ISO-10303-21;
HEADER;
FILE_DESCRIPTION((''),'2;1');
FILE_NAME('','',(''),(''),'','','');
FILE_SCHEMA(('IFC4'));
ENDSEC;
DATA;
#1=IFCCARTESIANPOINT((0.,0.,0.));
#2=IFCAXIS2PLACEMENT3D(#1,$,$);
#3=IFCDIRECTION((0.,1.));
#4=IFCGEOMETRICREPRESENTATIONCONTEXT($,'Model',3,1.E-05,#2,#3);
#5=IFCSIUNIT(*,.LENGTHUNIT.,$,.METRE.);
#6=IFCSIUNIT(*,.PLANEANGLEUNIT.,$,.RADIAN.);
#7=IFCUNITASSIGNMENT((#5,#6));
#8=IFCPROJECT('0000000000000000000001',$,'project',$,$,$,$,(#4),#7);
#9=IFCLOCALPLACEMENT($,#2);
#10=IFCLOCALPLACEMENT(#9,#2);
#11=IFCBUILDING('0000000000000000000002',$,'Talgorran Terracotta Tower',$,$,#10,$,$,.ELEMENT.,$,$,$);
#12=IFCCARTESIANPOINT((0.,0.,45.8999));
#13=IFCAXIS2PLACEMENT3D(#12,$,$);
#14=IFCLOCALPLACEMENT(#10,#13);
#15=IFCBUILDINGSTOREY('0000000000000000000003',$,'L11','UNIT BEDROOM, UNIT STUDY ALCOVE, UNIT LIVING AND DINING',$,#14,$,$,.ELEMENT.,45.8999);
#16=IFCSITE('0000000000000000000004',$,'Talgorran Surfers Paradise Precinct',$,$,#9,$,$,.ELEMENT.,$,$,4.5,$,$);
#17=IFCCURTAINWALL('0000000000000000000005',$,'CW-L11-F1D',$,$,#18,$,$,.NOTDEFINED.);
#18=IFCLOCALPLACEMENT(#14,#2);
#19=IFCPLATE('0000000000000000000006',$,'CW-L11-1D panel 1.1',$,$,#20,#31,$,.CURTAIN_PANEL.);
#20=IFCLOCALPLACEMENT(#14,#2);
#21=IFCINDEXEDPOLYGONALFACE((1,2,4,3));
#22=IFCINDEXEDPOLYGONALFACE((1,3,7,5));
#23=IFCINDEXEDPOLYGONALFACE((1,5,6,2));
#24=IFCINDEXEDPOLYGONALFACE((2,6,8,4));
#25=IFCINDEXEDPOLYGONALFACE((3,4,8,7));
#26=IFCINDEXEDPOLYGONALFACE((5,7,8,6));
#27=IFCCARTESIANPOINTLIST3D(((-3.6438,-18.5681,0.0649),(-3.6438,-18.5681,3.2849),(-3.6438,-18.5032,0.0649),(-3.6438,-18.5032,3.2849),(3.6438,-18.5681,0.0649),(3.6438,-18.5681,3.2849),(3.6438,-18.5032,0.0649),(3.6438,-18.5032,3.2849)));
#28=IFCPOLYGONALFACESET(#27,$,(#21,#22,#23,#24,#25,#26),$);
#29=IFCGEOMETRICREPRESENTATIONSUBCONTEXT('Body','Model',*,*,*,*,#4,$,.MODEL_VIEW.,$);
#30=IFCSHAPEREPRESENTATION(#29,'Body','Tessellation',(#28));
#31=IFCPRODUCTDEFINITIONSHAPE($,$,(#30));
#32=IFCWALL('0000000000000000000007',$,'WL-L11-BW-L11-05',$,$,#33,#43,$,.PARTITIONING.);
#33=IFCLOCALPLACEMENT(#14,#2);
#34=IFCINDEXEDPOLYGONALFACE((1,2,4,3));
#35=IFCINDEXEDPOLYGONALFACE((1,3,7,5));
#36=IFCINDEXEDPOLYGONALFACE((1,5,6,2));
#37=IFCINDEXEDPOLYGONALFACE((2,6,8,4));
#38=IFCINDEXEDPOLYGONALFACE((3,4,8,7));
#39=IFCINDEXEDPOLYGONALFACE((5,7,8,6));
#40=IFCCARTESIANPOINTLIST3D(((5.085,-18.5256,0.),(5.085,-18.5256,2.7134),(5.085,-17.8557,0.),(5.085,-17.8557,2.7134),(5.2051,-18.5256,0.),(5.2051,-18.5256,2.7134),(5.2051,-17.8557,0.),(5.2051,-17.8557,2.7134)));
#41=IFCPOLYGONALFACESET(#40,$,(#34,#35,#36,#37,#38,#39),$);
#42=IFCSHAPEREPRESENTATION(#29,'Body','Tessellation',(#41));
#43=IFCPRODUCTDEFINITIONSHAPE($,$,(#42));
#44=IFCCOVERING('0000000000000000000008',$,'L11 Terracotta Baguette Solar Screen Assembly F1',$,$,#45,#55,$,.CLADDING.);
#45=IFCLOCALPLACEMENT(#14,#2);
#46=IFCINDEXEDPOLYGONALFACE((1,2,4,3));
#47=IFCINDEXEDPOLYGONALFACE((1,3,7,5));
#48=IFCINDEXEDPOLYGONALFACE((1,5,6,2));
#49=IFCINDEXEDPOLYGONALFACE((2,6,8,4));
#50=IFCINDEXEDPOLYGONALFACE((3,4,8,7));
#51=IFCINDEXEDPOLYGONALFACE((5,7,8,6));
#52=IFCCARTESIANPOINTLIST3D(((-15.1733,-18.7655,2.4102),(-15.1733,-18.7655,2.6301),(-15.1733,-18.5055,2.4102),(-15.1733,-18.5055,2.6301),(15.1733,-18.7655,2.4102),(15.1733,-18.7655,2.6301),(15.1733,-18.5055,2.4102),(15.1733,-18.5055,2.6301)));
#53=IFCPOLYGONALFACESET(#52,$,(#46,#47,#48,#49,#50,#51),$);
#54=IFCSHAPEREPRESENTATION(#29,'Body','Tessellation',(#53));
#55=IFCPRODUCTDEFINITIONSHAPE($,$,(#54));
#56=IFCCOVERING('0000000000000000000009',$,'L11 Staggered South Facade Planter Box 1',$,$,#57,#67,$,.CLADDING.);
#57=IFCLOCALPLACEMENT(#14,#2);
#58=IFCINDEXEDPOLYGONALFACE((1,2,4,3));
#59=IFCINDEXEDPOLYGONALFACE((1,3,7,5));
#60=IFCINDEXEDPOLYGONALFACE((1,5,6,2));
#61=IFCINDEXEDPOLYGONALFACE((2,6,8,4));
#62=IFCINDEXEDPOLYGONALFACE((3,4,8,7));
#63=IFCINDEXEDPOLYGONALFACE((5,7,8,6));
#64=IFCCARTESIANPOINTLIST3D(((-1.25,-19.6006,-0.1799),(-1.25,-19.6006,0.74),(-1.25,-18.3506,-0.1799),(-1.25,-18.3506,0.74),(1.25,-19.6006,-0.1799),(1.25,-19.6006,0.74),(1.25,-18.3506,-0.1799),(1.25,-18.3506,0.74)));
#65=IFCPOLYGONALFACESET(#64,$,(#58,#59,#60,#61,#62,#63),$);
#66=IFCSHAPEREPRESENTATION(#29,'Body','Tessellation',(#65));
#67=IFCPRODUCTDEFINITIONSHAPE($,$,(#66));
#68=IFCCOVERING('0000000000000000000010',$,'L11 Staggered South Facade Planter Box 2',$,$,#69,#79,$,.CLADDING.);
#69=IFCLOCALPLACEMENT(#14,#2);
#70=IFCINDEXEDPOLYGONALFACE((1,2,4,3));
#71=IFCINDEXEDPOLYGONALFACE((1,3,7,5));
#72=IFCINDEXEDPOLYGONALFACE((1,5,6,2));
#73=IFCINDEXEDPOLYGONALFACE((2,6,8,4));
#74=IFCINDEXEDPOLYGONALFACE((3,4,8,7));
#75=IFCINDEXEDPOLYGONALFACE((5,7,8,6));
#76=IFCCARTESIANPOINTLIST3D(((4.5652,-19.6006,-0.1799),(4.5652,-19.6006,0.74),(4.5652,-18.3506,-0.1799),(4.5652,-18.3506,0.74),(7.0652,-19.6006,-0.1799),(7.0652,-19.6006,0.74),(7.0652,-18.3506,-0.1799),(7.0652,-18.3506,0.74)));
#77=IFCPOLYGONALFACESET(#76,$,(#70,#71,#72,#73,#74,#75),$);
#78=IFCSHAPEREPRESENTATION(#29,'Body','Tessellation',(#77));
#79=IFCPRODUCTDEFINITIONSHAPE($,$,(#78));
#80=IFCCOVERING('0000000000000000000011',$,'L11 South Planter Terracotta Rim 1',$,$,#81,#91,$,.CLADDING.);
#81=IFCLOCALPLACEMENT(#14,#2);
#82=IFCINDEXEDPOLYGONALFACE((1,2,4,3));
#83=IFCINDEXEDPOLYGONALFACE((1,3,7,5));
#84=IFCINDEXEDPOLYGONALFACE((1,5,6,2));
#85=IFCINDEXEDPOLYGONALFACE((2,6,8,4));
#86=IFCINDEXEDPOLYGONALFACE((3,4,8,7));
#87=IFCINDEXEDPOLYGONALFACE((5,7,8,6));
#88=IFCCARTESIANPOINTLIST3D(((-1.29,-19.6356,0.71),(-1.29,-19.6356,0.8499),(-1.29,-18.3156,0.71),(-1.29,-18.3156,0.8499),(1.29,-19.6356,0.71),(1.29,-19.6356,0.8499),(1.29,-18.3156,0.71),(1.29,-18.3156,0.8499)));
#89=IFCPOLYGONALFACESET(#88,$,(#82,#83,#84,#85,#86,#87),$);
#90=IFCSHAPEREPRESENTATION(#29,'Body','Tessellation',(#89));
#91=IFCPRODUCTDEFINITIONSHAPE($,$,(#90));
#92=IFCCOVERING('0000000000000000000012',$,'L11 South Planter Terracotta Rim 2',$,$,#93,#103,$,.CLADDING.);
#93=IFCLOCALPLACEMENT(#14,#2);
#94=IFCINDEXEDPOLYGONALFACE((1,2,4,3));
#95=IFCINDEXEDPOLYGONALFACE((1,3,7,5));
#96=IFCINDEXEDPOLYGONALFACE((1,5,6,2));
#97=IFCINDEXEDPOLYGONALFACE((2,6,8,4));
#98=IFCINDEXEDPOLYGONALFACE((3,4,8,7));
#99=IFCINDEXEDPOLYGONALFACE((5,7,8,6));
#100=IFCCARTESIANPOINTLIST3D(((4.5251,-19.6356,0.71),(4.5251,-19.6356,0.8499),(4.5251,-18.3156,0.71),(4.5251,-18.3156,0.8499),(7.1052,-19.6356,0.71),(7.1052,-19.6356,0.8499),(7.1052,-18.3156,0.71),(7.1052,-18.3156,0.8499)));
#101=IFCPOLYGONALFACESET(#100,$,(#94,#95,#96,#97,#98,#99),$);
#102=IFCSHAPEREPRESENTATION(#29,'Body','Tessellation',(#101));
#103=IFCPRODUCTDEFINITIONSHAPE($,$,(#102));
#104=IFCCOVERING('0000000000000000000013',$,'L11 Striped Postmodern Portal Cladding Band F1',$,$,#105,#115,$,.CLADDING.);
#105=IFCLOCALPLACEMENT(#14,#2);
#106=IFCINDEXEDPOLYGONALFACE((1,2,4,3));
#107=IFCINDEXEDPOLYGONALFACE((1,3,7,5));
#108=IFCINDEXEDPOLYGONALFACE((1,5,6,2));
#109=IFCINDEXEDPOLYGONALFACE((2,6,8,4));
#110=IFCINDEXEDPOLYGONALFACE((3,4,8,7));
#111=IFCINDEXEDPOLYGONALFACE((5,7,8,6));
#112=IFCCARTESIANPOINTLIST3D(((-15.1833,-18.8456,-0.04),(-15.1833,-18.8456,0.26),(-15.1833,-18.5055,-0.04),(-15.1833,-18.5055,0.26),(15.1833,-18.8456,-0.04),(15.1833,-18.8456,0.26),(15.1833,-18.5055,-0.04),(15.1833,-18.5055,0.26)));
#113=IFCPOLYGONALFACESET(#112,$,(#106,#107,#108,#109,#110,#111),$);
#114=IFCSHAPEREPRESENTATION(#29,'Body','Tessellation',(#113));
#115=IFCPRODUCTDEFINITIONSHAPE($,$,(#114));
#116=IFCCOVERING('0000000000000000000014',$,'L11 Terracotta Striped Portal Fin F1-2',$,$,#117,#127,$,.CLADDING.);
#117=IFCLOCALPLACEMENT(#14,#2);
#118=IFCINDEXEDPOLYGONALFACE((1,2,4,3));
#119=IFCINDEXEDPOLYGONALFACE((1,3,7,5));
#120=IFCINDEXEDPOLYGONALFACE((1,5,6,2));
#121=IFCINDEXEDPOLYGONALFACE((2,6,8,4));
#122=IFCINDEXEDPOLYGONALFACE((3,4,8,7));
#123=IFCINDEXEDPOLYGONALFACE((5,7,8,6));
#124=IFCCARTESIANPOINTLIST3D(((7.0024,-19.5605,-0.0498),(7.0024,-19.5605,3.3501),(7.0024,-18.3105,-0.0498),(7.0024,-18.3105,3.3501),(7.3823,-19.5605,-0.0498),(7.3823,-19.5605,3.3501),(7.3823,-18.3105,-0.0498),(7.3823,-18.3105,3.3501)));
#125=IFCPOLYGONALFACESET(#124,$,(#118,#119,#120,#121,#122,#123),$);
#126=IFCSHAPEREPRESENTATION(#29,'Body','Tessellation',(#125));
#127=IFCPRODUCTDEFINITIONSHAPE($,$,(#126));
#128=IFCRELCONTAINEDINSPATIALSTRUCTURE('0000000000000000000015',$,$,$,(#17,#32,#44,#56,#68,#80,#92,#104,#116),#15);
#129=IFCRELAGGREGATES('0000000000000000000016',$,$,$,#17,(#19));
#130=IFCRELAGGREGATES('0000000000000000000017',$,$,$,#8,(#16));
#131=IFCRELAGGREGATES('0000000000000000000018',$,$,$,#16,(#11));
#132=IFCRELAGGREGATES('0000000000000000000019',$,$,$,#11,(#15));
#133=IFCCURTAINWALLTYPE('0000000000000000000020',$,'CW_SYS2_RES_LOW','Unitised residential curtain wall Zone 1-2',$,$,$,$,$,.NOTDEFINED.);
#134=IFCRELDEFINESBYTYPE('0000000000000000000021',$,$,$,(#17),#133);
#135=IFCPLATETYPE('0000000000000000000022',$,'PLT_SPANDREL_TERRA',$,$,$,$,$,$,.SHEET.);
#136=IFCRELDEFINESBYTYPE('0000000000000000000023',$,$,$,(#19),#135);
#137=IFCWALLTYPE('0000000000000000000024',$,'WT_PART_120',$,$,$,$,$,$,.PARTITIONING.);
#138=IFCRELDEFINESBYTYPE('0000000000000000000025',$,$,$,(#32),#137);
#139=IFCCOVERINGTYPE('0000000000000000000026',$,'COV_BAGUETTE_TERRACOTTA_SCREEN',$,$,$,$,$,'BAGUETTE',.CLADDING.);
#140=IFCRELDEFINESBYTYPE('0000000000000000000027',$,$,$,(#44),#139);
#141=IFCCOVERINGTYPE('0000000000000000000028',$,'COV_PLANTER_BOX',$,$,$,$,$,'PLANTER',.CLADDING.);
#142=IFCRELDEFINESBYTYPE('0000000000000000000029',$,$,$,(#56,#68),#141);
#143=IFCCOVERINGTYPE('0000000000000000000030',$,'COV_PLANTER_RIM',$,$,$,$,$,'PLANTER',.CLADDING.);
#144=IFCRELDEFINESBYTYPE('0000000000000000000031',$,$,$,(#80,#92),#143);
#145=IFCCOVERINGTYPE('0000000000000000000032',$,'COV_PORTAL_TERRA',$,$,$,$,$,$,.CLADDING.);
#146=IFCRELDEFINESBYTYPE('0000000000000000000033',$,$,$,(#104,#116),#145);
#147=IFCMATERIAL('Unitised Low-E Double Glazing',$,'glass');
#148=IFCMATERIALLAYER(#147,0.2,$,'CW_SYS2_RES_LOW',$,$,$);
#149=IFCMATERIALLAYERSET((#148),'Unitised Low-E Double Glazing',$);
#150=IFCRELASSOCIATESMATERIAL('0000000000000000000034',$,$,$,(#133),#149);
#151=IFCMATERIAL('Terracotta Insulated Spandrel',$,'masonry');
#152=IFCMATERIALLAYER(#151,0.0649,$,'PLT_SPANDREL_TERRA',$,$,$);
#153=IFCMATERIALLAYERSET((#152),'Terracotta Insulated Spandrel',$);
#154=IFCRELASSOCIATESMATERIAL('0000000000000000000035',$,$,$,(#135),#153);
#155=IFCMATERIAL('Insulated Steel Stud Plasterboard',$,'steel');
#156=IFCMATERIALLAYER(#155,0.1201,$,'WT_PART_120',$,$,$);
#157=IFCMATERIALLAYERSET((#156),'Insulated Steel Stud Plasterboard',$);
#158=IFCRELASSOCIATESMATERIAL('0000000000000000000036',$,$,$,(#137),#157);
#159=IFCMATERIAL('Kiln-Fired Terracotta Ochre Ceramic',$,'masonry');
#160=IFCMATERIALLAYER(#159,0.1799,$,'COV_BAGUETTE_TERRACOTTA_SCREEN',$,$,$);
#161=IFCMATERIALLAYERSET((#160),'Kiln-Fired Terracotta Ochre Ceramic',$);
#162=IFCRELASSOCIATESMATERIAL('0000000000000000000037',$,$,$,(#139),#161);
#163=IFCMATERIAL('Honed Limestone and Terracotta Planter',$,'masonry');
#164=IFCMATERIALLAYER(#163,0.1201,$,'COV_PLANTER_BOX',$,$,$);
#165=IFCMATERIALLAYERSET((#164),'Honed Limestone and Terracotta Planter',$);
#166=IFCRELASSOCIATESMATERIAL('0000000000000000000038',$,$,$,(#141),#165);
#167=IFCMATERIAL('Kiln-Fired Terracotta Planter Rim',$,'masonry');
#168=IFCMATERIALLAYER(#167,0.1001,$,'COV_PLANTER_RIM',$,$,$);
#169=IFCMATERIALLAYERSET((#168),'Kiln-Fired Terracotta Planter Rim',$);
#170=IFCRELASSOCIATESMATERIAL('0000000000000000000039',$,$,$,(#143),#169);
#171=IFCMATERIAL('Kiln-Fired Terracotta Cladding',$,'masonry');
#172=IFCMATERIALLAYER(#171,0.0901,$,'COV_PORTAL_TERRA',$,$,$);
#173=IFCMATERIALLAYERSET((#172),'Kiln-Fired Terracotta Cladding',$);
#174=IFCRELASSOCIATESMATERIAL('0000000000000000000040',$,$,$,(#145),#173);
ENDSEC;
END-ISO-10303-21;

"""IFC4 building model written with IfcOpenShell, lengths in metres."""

from ifc_helpers import new_model, si_unit, direction, frame, frame_2d, origin, origin_2d, place, context, subcontext, project, spatial, rectangle, extrude, source, transform, mapped, material, layer, layer_set, type_object, element, aggregate, save


model = new_model("IFC4")

# Units and contexts
model_context = context("Model", 3, precision=1e-05, world=origin(), true_north=direction((0.0, 1.0)))
body_context = subcontext(model_context, "Body", "Model", "MODEL_VIEW")
ifc_project = project(units=[si_unit("LENGTHUNIT", "METRE"), si_unit("PLANEANGLEUNIT", "RADIAN")], contexts=[model_context])

# Site, building, storey
site_placement = place(None, origin())
site = spatial("IfcSite", under=ifc_project, at=site_placement, Name="Talgorran Surfers Paradise Precinct", CompositionType="ELEMENT", RefElevation=4.5)
building_placement = place(site_placement, origin())
building = spatial("IfcBuilding", under=site, at=building_placement, Name="Talgorran Terracotta Tower", CompositionType="ELEMENT")
storey_placement = place(building_placement, frame((0.0, 0.0, 45.8999)))
storey = spatial("IfcBuildingStorey", under=building, at=storey_placement, Name="L11", Description="UNIT BEDROOM, UNIT STUDY ALCOVE, UNIT LIVING AND DINING", CompositionType="ELEMENT", Elevation=45.8999)

# Curtain wall
ifc_material_1 = material(Name="Unitised Low-E Double Glazing", Category="glass")
ifc_layer_1 = layer(ifc_material_1, 0.2, Name="CW_SYS2_RES_LOW")
ifc_layer_set_1 = layer_set([ifc_layer_1], Name="Unitised Low-E Double Glazing")
curtain_wall_type = type_object("IfcCurtainWallType", Name="CW_SYS2_RES_LOW", Description="Unitised residential curtain wall Zone 1-2", PredefinedType="NOTDEFINED", material=ifc_layer_set_1)
curtain_wall_1_placement = place(storey_placement, origin())
curtain_wall_1 = element("IfcCurtainWall", 1, at=curtain_wall_1_placement, inside=storey, type_object=curtain_wall_type, Name="CW-L11-F1D", PredefinedType="NOTDEFINED")

# Plate
ifc_material_2 = material(Name="Terracotta Insulated Spandrel", Category="masonry")
ifc_layer_2 = layer(ifc_material_2, 0.0649, Name="PLT_SPANDREL_TERRA")
ifc_layer_set_2 = layer_set([ifc_layer_2], Name="Terracotta Insulated Spandrel")
plate_type_1 = type_object("IfcPlateType", Name="PLT_SPANDREL_TERRA", PredefinedType="SHEET", material=ifc_layer_set_2)
shared_shape_1 = source(origin(), body_context, "Body", "SweptSolid", [
    extrude(rectangle(XDim=7.2876, YDim=0.0649, at=origin_2d()), origin(), (0.0, 0.0, 1.0), 3.22),
])
plate_1_placement = place(storey_placement, frame((0.0, -18.5356, 0.0649), z_axis=(0.0, 0.0, 1.0), x_axis=(1.0, 0.0, 0.0)))
plate_1 = element("IfcPlate", 2, at=plate_1_placement, type_object=plate_type_1, Name="CW-L11-1D panel 1.1", PredefinedType="CURTAIN_PANEL", context=body_context, shape_type="MappedRepresentation", body=[
    mapped(shared_shape_1, transform((0.0, 0.0, 0.0), scale=1.0)),
])
aggregate(curtain_wall_1, [plate_1])

# Wall
ifc_material_3 = material(Name="Insulated Steel Stud Plasterboard", Category="steel")
ifc_layer_3 = layer(ifc_material_3, 0.1201, Name="WT_PART_120")
ifc_layer_set_3 = layer_set([ifc_layer_3], Name="Insulated Steel Stud Plasterboard")
wall_type = type_object("IfcWallType", Name="WT_PART_120", PredefinedType="PARTITIONING", material=ifc_layer_set_3)
wall_placement = place(storey_placement, frame((5.145, -18.5256, 0.0), z_axis=(0.0, 0.0, 1.0), x_axis=(0.0, 1.0, 0.0)))
element("IfcWall", 3, at=wall_placement, inside=storey, type_object=wall_type, Name="WL-L11-BW-L11-05", PredefinedType="PARTITIONING", context=body_context, shape_type="SweptSolid", body=[
    extrude(rectangle(XDim=0.6699, YDim=0.1201, at=frame_2d((0.335, 0.0))), origin(), (0.0, 0.0, 1.0), 2.7134),
])

# Coverings
ifc_material_4 = material(Name="Kiln-Fired Terracotta Ochre Ceramic", Category="masonry")
ifc_layer_4 = layer(ifc_material_4, 0.1799, Name="COV_BAGUETTE_TERRACOTTA_SCREEN")
ifc_layer_set_4 = layer_set([ifc_layer_4], Name="Kiln-Fired Terracotta Ochre Ceramic")
covering_type_1 = type_object("IfcCoveringType", Name="COV_BAGUETTE_TERRACOTTA_SCREEN", ElementType="BAGUETTE", PredefinedType="CLADDING", material=ifc_layer_set_4)
covering_1_placement = place(storey_placement, frame((0.0, -18.6355, 2.4102), z_axis=(0.0, 0.0, 1.0), x_axis=(1.0, 0.0, 0.0)))
element("IfcCovering", 4, at=covering_1_placement, inside=storey, type_object=covering_type_1, Name="L11 Terracotta Baguette Solar Screen Assembly F1", PredefinedType="CLADDING", context=body_context, shape_type="SweptSolid", body=[
    extrude(rectangle(XDim=30.3467, YDim=0.26, at=origin_2d()), origin(), (0.0, 0.0, 1.0), 0.22),
])
ifc_material_5 = material(Name="Honed Limestone and Terracotta Planter", Category="masonry")
ifc_layer_5 = layer(ifc_material_5, 0.1201, Name="COV_PLANTER_BOX")
ifc_layer_set_5 = layer_set([ifc_layer_5], Name="Honed Limestone and Terracotta Planter")
covering_type_2 = type_object("IfcCoveringType", Name="COV_PLANTER_BOX", ElementType="PLANTER", PredefinedType="CLADDING", material=ifc_layer_set_5)
for number, where, z_axis, x_axis, name in (
    (5, (0.0, -18.9756, -0.1799), (0.0, 0.0, 1.0), (1.0, 0.0, 0.0), "L11 Staggered South Facade Planter Box 1"),
    (6, (5.8152, -18.9756, -0.1799), (0.0, 0.0, 1.0), (1.0, 0.0, 0.0), "L11 Staggered South Facade Planter Box 2"),
):
    element("IfcCovering", number, at=place(storey_placement, frame(where, z_axis=z_axis, x_axis=x_axis)), inside=storey, type_object=covering_type_2, Name=name, PredefinedType="CLADDING", context=body_context, shape_type="SweptSolid", body=[
        extrude(rectangle(XDim=2.5, YDim=1.25, at=origin_2d()), origin(), (0.0, 0.0, 1.0), 0.9199),
    ])
ifc_material_6 = material(Name="Kiln-Fired Terracotta Planter Rim", Category="masonry")
ifc_layer_6 = layer(ifc_material_6, 0.1001, Name="COV_PLANTER_RIM")
ifc_layer_set_6 = layer_set([ifc_layer_6], Name="Kiln-Fired Terracotta Planter Rim")
covering_type_3 = type_object("IfcCoveringType", Name="COV_PLANTER_RIM", ElementType="PLANTER", PredefinedType="CLADDING", material=ifc_layer_set_6)
for number, where, z_axis, x_axis, name in (
    (7, (0.0, -18.9756, 0.71), (0.0, 0.0, 1.0), (1.0, 0.0, 0.0), "L11 South Planter Terracotta Rim 1"),
    (8, (5.8152, -18.9756, 0.71), (0.0, 0.0, 1.0), (1.0, 0.0, 0.0), "L11 South Planter Terracotta Rim 2"),
):
    element("IfcCovering", number, at=place(storey_placement, frame(where, z_axis=z_axis, x_axis=x_axis)), inside=storey, type_object=covering_type_3, Name=name, PredefinedType="CLADDING", context=body_context, shape_type="SweptSolid", body=[
        extrude(rectangle(XDim=2.5801, YDim=1.3201, at=origin_2d()), origin(), (0.0, 0.0, 1.0), 0.1399),
    ])
ifc_material_7 = material(Name="Kiln-Fired Terracotta Cladding", Category="masonry")
ifc_layer_7 = layer(ifc_material_7, 0.0901, Name="COV_PORTAL_TERRA")
ifc_layer_set_7 = layer_set([ifc_layer_7], Name="Kiln-Fired Terracotta Cladding")
covering_type_4 = type_object("IfcCoveringType", Name="COV_PORTAL_TERRA", PredefinedType="CLADDING", material=ifc_layer_set_7)
covering_2_placement = place(storey_placement, frame((0.0, -18.6755, -0.04), z_axis=(0.0, 0.0, 1.0), x_axis=(1.0, 0.0, 0.0)))
element("IfcCovering", 9, at=covering_2_placement, inside=storey, type_object=covering_type_4, Name="L11 Striped Postmodern Portal Cladding Band F1", PredefinedType="CLADDING", context=body_context, shape_type="SweptSolid", body=[
    extrude(rectangle(XDim=30.3667, YDim=0.3401, at=origin_2d()), origin(), (0.0, 0.0, 1.0), 0.3),
])
covering_3_placement = place(storey_placement, frame((7.1924, -18.9355, -0.0498), z_axis=(0.0, 0.0, 1.0), x_axis=(1.0, 0.0, 0.0)))
element("IfcCovering", 10, at=covering_3_placement, inside=storey, type_object=covering_type_4, Name="L11 Terracotta Striped Portal Fin F1-2", PredefinedType="CLADDING", context=body_context, shape_type="SweptSolid", body=[
    extrude(rectangle(XDim=0.3799, YDim=1.25, at=origin_2d()), origin(), (0.0, 0.0, 1.0), 3.3999),
])

save(model, "model.ifc")
